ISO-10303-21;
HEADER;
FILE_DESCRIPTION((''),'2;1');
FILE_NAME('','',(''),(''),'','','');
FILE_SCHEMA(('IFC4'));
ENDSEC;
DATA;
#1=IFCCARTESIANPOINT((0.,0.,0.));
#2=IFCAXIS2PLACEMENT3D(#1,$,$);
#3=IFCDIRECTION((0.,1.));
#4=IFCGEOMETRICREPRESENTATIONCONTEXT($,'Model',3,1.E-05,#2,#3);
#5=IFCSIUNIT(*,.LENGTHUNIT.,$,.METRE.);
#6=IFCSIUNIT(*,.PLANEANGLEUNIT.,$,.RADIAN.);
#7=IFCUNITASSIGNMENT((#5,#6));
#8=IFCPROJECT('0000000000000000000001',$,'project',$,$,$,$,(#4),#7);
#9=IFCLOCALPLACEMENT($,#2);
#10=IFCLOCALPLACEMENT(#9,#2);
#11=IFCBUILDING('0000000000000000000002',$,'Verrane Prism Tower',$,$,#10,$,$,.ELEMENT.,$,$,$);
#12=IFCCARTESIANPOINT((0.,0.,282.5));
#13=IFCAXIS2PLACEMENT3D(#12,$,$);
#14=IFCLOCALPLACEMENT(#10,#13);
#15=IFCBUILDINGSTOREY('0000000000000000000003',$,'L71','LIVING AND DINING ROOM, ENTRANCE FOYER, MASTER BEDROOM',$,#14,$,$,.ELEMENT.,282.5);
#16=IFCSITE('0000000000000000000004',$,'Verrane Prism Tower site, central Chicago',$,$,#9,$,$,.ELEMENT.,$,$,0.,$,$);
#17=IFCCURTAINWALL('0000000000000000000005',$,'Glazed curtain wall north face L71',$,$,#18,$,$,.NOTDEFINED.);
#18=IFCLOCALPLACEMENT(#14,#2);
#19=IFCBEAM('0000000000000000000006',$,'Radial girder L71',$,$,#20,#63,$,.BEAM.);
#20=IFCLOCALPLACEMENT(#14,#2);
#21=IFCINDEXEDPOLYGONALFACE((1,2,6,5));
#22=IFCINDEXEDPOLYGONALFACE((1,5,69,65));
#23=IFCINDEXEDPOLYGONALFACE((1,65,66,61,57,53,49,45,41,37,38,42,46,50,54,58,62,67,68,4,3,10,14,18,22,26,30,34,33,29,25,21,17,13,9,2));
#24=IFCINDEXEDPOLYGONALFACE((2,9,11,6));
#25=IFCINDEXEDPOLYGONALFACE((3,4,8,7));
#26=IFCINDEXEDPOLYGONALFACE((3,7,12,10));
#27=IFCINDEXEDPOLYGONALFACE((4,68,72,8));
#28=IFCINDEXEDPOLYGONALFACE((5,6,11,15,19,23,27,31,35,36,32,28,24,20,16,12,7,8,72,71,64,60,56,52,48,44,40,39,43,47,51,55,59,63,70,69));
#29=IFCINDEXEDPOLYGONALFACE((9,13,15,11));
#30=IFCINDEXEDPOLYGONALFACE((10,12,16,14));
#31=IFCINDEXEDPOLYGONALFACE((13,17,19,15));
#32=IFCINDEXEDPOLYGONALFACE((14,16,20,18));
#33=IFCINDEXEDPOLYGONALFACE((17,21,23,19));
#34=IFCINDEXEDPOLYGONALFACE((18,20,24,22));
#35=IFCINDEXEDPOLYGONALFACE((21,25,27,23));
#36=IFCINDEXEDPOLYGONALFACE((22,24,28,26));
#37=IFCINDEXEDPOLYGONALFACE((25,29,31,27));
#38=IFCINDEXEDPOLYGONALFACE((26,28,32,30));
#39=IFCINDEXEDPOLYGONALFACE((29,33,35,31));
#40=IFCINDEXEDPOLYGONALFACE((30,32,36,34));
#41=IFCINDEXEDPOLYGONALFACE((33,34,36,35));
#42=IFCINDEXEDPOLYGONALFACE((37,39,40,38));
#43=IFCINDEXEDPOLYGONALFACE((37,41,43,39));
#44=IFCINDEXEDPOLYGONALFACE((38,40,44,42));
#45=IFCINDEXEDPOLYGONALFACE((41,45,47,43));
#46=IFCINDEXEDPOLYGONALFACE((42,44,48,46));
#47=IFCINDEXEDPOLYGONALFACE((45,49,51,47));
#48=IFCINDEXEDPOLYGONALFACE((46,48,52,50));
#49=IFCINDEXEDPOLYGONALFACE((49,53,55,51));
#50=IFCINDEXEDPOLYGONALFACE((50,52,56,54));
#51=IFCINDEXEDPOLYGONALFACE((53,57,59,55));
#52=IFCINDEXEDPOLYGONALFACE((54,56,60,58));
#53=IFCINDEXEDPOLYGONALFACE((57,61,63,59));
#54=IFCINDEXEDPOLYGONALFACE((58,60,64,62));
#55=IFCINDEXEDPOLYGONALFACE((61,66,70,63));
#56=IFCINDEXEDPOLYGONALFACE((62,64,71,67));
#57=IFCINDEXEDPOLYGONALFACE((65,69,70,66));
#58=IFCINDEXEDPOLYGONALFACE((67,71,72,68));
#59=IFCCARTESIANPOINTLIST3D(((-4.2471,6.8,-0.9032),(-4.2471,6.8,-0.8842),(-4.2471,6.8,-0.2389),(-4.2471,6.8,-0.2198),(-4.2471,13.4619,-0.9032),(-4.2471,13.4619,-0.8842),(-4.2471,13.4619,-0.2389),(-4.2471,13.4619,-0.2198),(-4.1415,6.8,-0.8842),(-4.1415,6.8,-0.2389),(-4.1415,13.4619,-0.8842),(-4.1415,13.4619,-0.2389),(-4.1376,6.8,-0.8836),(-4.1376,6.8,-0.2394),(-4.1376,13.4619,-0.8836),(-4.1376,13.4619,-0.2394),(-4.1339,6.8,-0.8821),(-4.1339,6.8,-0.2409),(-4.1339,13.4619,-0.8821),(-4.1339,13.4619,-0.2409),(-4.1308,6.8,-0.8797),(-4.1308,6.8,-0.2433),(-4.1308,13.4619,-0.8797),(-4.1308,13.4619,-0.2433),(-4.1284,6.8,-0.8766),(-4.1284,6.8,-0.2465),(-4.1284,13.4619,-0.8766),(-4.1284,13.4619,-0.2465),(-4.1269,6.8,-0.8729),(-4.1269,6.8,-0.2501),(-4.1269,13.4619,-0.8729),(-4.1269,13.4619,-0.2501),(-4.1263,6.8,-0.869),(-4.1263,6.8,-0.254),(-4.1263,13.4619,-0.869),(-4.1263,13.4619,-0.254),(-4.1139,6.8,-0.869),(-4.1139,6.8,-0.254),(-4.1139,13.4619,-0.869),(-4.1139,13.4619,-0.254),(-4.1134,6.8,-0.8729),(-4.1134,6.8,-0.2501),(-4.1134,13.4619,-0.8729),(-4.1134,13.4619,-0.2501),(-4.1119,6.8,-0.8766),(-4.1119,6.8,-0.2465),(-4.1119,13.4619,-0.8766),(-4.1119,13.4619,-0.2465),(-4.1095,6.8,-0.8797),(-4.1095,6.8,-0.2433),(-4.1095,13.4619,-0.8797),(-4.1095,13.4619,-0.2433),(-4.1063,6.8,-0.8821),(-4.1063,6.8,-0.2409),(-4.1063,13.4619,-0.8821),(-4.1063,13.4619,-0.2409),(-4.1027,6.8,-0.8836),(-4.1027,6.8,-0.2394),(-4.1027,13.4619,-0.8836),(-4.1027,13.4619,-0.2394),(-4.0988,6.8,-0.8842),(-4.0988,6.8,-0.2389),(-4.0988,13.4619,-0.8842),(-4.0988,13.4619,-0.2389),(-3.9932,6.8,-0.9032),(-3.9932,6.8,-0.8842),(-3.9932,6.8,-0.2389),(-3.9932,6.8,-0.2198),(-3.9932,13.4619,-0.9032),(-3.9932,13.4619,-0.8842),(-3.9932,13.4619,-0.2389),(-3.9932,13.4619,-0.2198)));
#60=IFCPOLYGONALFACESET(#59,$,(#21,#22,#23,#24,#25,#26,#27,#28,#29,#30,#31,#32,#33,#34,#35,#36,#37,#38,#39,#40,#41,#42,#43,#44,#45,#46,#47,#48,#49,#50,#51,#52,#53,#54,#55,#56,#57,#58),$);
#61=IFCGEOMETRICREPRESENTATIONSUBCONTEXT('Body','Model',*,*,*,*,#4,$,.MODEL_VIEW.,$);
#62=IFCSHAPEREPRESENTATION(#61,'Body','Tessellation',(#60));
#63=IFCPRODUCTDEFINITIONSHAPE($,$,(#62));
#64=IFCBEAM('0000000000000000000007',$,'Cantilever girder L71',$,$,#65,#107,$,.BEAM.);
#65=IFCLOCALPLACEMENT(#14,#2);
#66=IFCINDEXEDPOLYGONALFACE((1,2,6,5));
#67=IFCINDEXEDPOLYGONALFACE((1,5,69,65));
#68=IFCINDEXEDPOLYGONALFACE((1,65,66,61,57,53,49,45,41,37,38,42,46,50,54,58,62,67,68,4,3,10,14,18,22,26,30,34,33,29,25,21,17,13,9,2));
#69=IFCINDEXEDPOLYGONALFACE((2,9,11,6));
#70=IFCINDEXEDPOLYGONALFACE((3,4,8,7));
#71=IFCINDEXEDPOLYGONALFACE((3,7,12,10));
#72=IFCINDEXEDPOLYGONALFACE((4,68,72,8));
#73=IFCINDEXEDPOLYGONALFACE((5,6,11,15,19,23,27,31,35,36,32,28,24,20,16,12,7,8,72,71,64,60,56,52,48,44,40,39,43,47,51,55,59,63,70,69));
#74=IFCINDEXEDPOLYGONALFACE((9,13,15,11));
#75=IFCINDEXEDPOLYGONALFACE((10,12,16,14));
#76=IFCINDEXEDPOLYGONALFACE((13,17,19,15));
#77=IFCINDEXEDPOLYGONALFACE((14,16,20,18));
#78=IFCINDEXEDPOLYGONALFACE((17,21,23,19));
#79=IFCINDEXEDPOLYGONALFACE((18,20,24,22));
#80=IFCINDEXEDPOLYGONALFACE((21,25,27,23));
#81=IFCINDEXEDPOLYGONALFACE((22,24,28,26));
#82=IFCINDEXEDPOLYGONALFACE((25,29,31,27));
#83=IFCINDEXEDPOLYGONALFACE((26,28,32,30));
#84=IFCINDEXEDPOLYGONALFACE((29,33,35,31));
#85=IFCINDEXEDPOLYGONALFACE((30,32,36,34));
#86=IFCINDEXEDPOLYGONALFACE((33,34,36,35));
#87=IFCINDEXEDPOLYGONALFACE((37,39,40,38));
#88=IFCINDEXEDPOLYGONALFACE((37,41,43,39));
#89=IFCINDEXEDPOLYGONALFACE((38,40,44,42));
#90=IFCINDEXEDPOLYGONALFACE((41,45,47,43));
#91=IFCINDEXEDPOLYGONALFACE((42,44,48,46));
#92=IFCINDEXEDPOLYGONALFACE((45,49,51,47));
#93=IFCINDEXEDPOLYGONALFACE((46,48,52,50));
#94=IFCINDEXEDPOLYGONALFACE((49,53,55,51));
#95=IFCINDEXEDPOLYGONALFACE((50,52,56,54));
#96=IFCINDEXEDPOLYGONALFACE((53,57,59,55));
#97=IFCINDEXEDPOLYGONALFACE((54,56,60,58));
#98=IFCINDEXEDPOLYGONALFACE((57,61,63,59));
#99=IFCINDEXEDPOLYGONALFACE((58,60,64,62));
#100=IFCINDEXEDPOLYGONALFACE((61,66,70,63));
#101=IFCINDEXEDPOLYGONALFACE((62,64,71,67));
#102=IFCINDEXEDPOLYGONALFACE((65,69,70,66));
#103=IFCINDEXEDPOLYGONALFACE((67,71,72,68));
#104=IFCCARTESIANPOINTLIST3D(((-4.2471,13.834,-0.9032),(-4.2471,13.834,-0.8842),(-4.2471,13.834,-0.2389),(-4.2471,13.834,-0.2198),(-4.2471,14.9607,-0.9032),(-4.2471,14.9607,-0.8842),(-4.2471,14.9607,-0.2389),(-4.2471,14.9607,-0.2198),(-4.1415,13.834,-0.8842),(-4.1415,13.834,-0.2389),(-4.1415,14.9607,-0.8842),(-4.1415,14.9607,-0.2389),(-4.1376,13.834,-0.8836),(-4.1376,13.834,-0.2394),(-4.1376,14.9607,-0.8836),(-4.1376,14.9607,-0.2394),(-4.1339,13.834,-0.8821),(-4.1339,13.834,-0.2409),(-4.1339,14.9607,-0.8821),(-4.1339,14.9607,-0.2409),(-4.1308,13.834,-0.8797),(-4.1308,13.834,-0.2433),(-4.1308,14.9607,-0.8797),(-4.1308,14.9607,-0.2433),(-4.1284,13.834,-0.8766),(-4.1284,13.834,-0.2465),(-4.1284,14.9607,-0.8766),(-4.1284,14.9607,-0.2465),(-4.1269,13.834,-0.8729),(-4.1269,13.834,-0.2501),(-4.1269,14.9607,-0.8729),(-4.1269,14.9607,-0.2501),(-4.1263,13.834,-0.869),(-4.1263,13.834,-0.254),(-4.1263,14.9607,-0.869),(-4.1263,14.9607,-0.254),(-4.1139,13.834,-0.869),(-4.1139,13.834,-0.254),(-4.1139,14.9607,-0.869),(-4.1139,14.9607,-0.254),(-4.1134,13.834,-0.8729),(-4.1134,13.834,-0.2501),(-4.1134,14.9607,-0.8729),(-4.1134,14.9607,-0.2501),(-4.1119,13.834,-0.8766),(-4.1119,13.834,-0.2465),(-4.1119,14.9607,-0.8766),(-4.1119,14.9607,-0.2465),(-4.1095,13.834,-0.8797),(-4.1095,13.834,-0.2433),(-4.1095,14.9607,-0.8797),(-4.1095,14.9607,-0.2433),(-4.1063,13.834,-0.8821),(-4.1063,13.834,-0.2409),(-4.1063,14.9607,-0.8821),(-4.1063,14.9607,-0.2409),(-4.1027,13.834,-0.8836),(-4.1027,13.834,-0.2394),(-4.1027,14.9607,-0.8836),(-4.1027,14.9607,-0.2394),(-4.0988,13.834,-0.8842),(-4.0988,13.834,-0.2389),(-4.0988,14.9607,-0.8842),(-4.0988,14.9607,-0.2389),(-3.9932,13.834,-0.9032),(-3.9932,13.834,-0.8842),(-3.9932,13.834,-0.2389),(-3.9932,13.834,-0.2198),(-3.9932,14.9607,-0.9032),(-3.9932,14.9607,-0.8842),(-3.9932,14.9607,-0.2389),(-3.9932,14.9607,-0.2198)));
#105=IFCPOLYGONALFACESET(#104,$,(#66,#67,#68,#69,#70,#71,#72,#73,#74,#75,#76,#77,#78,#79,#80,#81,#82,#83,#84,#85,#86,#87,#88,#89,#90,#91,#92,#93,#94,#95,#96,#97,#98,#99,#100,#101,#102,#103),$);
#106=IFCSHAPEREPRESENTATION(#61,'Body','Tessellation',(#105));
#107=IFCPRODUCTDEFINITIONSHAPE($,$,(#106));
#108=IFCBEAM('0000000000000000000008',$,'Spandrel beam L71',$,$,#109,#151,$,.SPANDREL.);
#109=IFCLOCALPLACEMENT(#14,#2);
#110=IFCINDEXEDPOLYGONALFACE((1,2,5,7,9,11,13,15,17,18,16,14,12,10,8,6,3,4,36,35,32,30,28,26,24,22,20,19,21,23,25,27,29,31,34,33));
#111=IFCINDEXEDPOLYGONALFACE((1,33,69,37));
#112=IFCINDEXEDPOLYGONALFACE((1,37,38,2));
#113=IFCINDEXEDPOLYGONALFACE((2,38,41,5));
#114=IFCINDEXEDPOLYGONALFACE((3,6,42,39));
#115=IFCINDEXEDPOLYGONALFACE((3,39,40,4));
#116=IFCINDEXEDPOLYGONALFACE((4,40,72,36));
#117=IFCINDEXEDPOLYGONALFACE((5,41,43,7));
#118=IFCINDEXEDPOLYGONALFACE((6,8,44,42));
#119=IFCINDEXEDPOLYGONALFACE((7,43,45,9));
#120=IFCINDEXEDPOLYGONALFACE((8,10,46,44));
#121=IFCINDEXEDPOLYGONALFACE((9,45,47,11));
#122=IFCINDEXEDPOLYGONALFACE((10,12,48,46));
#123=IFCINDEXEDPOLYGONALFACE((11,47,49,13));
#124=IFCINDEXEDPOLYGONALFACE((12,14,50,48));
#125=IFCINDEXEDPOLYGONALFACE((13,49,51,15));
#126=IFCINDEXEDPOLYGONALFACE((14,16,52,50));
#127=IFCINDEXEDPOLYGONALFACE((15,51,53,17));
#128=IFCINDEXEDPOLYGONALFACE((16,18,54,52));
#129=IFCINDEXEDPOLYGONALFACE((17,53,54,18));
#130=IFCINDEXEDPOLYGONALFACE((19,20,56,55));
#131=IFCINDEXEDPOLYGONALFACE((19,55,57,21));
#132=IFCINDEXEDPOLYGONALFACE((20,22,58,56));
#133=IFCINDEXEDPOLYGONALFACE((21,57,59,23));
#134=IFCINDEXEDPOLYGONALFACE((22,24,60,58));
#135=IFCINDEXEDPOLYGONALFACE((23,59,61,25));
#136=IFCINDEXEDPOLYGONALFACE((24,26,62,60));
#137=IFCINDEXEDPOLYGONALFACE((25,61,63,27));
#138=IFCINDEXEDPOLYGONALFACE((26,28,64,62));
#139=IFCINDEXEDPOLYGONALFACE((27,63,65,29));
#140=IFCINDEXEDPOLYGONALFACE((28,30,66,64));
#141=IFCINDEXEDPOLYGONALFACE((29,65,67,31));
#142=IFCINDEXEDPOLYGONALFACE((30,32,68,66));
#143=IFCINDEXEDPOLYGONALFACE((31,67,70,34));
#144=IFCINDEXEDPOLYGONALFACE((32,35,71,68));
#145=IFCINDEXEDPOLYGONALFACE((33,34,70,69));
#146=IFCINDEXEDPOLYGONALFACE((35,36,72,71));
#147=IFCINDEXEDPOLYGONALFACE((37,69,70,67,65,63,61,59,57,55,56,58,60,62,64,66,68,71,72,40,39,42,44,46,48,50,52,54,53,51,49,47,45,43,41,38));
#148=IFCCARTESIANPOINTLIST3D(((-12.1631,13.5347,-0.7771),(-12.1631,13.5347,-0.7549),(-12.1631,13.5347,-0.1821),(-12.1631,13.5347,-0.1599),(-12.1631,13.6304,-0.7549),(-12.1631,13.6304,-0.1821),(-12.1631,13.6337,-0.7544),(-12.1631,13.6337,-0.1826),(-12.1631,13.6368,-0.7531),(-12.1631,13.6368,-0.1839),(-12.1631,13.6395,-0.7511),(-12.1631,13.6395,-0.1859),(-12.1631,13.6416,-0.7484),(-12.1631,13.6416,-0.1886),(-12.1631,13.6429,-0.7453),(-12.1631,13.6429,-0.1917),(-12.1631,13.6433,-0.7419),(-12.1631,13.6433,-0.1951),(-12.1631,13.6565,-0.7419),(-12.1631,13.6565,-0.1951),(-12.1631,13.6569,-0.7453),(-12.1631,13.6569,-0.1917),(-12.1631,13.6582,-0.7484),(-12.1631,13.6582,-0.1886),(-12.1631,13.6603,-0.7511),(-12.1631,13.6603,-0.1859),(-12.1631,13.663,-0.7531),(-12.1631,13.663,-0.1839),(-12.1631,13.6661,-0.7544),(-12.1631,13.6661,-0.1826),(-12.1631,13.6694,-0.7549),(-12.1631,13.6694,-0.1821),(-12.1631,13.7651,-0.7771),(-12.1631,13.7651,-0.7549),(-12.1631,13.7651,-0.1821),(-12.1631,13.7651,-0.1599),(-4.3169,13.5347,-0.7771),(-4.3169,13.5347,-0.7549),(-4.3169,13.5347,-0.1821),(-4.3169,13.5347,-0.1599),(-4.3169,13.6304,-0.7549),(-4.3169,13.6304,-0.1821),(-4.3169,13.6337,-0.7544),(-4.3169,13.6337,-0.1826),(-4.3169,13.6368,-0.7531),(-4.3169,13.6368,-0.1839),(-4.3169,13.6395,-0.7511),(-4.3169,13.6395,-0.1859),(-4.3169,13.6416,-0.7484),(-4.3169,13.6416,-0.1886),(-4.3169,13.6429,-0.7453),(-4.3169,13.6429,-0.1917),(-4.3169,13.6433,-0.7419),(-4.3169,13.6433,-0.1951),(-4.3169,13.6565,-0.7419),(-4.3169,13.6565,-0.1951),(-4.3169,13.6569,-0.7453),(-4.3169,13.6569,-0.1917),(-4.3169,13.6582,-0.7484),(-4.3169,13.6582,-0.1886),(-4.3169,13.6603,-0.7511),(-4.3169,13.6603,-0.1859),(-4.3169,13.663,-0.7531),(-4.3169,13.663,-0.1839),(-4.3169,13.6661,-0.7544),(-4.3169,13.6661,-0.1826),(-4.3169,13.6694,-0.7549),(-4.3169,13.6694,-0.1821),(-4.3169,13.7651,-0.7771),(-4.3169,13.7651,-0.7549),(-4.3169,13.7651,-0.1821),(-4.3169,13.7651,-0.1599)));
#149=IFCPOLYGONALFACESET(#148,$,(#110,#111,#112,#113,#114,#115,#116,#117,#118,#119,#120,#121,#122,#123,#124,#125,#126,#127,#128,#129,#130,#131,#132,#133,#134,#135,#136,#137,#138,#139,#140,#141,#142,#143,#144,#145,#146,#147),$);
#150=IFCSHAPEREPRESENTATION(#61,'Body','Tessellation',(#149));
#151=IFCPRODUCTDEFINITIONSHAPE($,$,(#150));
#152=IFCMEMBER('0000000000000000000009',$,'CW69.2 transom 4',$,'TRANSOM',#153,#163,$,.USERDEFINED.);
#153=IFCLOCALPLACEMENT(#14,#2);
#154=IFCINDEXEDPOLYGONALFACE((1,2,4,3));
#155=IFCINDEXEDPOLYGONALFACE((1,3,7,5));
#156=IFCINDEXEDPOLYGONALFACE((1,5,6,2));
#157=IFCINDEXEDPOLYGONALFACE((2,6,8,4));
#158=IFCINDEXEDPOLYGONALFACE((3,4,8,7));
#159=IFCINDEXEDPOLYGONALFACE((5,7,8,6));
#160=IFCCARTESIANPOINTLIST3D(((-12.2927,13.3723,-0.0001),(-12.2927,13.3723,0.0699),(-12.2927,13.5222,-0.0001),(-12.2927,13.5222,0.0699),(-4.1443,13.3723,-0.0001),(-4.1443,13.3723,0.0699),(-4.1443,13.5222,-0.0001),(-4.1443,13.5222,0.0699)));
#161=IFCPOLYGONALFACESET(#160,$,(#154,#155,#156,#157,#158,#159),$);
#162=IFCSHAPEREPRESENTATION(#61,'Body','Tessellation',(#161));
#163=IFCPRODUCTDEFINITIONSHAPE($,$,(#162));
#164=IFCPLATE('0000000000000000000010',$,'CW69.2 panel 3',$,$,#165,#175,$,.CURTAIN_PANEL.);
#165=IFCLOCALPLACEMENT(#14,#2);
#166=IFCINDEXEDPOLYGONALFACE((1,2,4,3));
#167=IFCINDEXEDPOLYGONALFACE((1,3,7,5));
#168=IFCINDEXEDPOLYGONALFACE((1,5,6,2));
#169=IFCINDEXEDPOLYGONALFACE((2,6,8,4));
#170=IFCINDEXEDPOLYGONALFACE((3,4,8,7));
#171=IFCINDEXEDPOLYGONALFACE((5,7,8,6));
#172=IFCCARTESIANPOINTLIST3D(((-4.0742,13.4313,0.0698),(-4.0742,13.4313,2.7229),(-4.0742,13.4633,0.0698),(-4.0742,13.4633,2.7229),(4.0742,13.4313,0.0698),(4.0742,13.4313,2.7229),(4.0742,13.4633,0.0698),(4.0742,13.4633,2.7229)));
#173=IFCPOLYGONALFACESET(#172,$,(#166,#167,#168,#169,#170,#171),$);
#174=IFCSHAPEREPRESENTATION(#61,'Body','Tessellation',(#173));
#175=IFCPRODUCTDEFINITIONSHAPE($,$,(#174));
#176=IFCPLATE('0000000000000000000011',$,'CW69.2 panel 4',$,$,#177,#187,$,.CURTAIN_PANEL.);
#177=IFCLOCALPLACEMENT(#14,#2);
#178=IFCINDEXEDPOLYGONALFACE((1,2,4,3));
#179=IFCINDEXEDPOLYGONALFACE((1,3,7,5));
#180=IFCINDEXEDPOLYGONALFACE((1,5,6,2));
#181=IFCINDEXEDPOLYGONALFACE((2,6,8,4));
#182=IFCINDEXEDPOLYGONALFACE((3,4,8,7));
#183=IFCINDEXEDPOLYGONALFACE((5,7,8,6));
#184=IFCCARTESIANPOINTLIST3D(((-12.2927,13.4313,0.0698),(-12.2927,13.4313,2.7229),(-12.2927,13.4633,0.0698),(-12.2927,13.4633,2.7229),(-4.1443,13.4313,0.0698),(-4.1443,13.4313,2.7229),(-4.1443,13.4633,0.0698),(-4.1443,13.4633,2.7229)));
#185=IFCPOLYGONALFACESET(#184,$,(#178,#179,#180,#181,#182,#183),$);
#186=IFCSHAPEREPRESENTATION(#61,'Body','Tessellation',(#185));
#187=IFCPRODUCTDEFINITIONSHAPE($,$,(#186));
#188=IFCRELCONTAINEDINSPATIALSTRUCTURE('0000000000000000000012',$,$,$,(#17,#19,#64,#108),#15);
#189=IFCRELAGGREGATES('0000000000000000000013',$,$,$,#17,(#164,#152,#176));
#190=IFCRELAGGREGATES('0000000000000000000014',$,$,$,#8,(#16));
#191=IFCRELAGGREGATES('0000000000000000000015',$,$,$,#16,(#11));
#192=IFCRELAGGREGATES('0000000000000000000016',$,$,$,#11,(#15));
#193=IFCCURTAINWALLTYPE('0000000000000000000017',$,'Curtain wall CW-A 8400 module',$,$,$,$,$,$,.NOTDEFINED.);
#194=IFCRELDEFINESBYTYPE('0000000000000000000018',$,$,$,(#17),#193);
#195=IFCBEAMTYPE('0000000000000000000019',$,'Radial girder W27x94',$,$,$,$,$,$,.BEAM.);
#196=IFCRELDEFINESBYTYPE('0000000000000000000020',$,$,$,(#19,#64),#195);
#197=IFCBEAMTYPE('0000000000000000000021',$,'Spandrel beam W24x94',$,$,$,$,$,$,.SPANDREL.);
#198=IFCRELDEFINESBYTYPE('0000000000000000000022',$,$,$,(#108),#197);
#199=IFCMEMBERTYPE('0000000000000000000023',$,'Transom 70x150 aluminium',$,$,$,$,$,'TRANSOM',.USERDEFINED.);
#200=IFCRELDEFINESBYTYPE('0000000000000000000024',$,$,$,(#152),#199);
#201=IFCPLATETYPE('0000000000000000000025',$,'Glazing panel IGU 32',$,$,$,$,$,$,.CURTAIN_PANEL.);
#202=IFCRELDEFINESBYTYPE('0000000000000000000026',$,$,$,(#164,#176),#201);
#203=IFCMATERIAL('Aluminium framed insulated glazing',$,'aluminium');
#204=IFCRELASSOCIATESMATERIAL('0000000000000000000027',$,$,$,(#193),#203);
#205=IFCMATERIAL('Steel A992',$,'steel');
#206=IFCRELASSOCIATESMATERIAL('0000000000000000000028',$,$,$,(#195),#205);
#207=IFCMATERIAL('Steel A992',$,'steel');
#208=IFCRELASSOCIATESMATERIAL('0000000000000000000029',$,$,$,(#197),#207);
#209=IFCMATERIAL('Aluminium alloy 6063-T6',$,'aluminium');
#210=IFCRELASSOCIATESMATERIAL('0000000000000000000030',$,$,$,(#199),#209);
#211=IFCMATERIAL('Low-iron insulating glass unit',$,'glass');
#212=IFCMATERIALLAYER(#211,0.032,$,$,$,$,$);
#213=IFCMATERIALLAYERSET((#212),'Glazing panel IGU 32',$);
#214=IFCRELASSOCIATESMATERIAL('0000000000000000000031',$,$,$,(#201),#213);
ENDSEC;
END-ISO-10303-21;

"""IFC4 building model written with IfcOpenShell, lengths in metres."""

from ifc_helpers import new_model, si_unit, direction, frame, origin, origin_2d, place, context, subcontext, project, spatial, rectangle, i_section, extrude, material, layer, layer_set, material_profile, profile_set, type_object, element, aggregate, save


model = new_model("IFC4")

# Units and contexts
model_context = context("Model", 3, precision=1e-05, world=origin(), true_north=direction((0.0, 1.0)))
body_context = subcontext(model_context, "Body", "Model", "MODEL_VIEW")
ifc_project = project(units=[si_unit("LENGTHUNIT", "METRE"), si_unit("PLANEANGLEUNIT", "RADIAN")], contexts=[model_context])

# Site, building, storey
site_placement = place(None, origin())
site = spatial("IfcSite", under=ifc_project, at=site_placement, Name="Verrane Prism Tower site, central Chicago", CompositionType="ELEMENT", RefElevation=0.0)
building_placement = place(site_placement, origin())
building = spatial("IfcBuilding", under=site, at=building_placement, Name="Verrane Prism Tower", CompositionType="ELEMENT")
storey_placement = place(building_placement, frame((0.0, 0.0, 282.5)))
storey = spatial("IfcBuildingStorey", under=building, at=storey_placement, Name="L71", Description="LIVING AND DINING ROOM, ENTRANCE FOYER, MASTER BEDROOM", CompositionType="ELEMENT", Elevation=282.5)

# Curtain wall
ifc_material_1 = material(Name="Aluminium framed insulated glazing", Category="aluminium")
curtain_wall_type = type_object("IfcCurtainWallType", Name="Curtain wall CW-A 8400 module", PredefinedType="NOTDEFINED", material=ifc_material_1)
curtain_wall_placement = place(storey_placement, origin())
curtain_wall = element("IfcCurtainWall", 1, at=curtain_wall_placement, inside=storey, type_object=curtain_wall_type, Name="Glazed curtain wall north face L71", PredefinedType="NOTDEFINED")

# Beams
ifc_material_2 = material(Name="Steel A992", Category="steel")
ifc_material_profile_1 = material_profile(ifc_material_2, i_section(OverallWidth=0.2539, OverallDepth=0.6833, WebThickness=0.0125, FlangeThickness=0.019, FilletRadius=0.0151, at=origin_2d()), Name="W27x94")
ifc_profile_set_1 = profile_set([ifc_material_profile_1], Name="Steel A992")
beam_type_1 = type_object("IfcBeamType", Name="Radial girder W27x94", PredefinedType="BEAM", material=ifc_profile_set_1)
beam_1_placement = place(storey_placement, frame((-4.1201, 13.4619, -0.5615), z_axis=(0.0, -1.0, 0.0), x_axis=(1.0, 0.0, 0.0)))
element("IfcBeam", 2, at=beam_1_placement, inside=storey, type_object=beam_type_1, Name="Radial girder L71", PredefinedType="BEAM", context=body_context, shape_type="SweptSolid", body=[
    extrude(i_section(OverallWidth=0.2539, OverallDepth=0.6833, WebThickness=0.0125, FlangeThickness=0.019, FilletRadius=0.0151, at=origin_2d()), origin(), (0.0, 0.0, 1.0), 6.6619),
])
beam_2_placement = place(storey_placement, frame((-4.1201, 13.834, -0.5615), z_axis=(0.0, 1.0, 0.0), x_axis=(-1.0, 0.0, 0.0)))
element("IfcBeam", 3, at=beam_2_placement, inside=storey, type_object=beam_type_1, Name="Cantilever girder L71", PredefinedType="BEAM", context=body_context, shape_type="SweptSolid", body=[
    extrude(i_section(OverallWidth=0.2539, OverallDepth=0.6833, WebThickness=0.0125, FlangeThickness=0.019, FilletRadius=0.0151, at=origin_2d()), origin(), (0.0, 0.0, 1.0), 1.1267),
])
ifc_material_3 = material(Name="Steel A992", Category="steel")
ifc_material_profile_2 = material_profile(ifc_material_3, i_section(OverallWidth=0.2305, OverallDepth=0.6172, WebThickness=0.0132, FlangeThickness=0.0222, FilletRadius=0.0129, at=origin_2d()), Name="W24x94")
ifc_profile_set_2 = profile_set([ifc_material_profile_2], Name="Steel A992")
beam_type_2 = type_object("IfcBeamType", Name="Spandrel beam W24x94", PredefinedType="SPANDREL", material=ifc_profile_set_2)
beam_3_placement = place(storey_placement, frame((-4.3169, 13.6499, -0.4685), z_axis=(-1.0, 0.0, 0.0), x_axis=(0.0, -1.0, 0.0)))
element("IfcBeam", 4, at=beam_3_placement, inside=storey, type_object=beam_type_2, Name="Spandrel beam L71", PredefinedType="SPANDREL", context=body_context, shape_type="SweptSolid", body=[
    extrude(i_section(OverallWidth=0.2305, OverallDepth=0.6172, WebThickness=0.0132, FlangeThickness=0.0222, FilletRadius=0.0129, at=origin_2d()), origin(), (0.0, 0.0, 1.0), 7.8462),
])

# Member
ifc_material_4 = material(Name="Aluminium alloy 6063-T6", Category="aluminium")
ifc_material_profile_3 = material_profile(ifc_material_4, rectangle(XDim=0.1499, YDim=0.0701, at=origin_2d()), Name="Transom 70x150 aluminium")
ifc_profile_set_3 = profile_set([ifc_material_profile_3], Name="Aluminium alloy 6063-T6")
member_type_1 = type_object("IfcMemberType", Name="Transom 70x150 aluminium", ElementType="TRANSOM", PredefinedType="USERDEFINED", material=ifc_profile_set_3)
member_1_placement = place(storey_placement, frame((-4.1443, 13.4473, 0.0349), z_axis=(-1.0, 0.0, 0.0), x_axis=(0.0, -1.0, 0.0)))
member_1 = element("IfcMember", 5, at=member_1_placement, type_object=member_type_1, Name="CW69.2 transom 4", ObjectType="TRANSOM", PredefinedType="USERDEFINED", context=body_context, shape_type="SweptSolid", body=[
    extrude(rectangle(XDim=0.1499, YDim=0.0701, at=origin_2d()), origin(), (0.0, 0.0, 1.0), 8.1484),
])

# Plates
ifc_material_5 = material(Name="Low-iron insulating glass unit", Category="glass")
ifc_layer_1 = layer(ifc_material_5, 0.032)
ifc_layer_set_1 = layer_set([ifc_layer_1], Name="Glazing panel IGU 32")
plate_type = type_object("IfcPlateType", Name="Glazing panel IGU 32", PredefinedType="CURTAIN_PANEL", material=ifc_layer_set_1)
plate_1_placement = place(storey_placement, frame((0.0, 13.4473, 0.0698), z_axis=(0.0, 0.0, 1.0), x_axis=(-1.0, 0.0, 0.0)))
plate_1 = element("IfcPlate", 6, at=plate_1_placement, type_object=plate_type, Name="CW69.2 panel 3", PredefinedType="CURTAIN_PANEL", context=body_context, shape_type="SweptSolid", body=[
    extrude(rectangle(XDim=8.1484, YDim=0.032, at=origin_2d()), origin(), (0.0, 0.0, 1.0), 2.6531),
])
plate_2_placement = place(storey_placement, frame((-8.2185, 13.4473, 0.0698), z_axis=(0.0, 0.0, 1.0), x_axis=(-1.0, 0.0, 0.0)))
plate_2 = element("IfcPlate", 7, at=plate_2_placement, type_object=plate_type, Name="CW69.2 panel 4", PredefinedType="CURTAIN_PANEL", context=body_context, shape_type="SweptSolid", body=[
    extrude(rectangle(XDim=8.1484, YDim=0.032, at=origin_2d()), origin(), (0.0, 0.0, 1.0), 2.6531),
])
aggregate(curtain_wall, [plate_1, member_1, plate_2])

save(model, "model.ifc")
